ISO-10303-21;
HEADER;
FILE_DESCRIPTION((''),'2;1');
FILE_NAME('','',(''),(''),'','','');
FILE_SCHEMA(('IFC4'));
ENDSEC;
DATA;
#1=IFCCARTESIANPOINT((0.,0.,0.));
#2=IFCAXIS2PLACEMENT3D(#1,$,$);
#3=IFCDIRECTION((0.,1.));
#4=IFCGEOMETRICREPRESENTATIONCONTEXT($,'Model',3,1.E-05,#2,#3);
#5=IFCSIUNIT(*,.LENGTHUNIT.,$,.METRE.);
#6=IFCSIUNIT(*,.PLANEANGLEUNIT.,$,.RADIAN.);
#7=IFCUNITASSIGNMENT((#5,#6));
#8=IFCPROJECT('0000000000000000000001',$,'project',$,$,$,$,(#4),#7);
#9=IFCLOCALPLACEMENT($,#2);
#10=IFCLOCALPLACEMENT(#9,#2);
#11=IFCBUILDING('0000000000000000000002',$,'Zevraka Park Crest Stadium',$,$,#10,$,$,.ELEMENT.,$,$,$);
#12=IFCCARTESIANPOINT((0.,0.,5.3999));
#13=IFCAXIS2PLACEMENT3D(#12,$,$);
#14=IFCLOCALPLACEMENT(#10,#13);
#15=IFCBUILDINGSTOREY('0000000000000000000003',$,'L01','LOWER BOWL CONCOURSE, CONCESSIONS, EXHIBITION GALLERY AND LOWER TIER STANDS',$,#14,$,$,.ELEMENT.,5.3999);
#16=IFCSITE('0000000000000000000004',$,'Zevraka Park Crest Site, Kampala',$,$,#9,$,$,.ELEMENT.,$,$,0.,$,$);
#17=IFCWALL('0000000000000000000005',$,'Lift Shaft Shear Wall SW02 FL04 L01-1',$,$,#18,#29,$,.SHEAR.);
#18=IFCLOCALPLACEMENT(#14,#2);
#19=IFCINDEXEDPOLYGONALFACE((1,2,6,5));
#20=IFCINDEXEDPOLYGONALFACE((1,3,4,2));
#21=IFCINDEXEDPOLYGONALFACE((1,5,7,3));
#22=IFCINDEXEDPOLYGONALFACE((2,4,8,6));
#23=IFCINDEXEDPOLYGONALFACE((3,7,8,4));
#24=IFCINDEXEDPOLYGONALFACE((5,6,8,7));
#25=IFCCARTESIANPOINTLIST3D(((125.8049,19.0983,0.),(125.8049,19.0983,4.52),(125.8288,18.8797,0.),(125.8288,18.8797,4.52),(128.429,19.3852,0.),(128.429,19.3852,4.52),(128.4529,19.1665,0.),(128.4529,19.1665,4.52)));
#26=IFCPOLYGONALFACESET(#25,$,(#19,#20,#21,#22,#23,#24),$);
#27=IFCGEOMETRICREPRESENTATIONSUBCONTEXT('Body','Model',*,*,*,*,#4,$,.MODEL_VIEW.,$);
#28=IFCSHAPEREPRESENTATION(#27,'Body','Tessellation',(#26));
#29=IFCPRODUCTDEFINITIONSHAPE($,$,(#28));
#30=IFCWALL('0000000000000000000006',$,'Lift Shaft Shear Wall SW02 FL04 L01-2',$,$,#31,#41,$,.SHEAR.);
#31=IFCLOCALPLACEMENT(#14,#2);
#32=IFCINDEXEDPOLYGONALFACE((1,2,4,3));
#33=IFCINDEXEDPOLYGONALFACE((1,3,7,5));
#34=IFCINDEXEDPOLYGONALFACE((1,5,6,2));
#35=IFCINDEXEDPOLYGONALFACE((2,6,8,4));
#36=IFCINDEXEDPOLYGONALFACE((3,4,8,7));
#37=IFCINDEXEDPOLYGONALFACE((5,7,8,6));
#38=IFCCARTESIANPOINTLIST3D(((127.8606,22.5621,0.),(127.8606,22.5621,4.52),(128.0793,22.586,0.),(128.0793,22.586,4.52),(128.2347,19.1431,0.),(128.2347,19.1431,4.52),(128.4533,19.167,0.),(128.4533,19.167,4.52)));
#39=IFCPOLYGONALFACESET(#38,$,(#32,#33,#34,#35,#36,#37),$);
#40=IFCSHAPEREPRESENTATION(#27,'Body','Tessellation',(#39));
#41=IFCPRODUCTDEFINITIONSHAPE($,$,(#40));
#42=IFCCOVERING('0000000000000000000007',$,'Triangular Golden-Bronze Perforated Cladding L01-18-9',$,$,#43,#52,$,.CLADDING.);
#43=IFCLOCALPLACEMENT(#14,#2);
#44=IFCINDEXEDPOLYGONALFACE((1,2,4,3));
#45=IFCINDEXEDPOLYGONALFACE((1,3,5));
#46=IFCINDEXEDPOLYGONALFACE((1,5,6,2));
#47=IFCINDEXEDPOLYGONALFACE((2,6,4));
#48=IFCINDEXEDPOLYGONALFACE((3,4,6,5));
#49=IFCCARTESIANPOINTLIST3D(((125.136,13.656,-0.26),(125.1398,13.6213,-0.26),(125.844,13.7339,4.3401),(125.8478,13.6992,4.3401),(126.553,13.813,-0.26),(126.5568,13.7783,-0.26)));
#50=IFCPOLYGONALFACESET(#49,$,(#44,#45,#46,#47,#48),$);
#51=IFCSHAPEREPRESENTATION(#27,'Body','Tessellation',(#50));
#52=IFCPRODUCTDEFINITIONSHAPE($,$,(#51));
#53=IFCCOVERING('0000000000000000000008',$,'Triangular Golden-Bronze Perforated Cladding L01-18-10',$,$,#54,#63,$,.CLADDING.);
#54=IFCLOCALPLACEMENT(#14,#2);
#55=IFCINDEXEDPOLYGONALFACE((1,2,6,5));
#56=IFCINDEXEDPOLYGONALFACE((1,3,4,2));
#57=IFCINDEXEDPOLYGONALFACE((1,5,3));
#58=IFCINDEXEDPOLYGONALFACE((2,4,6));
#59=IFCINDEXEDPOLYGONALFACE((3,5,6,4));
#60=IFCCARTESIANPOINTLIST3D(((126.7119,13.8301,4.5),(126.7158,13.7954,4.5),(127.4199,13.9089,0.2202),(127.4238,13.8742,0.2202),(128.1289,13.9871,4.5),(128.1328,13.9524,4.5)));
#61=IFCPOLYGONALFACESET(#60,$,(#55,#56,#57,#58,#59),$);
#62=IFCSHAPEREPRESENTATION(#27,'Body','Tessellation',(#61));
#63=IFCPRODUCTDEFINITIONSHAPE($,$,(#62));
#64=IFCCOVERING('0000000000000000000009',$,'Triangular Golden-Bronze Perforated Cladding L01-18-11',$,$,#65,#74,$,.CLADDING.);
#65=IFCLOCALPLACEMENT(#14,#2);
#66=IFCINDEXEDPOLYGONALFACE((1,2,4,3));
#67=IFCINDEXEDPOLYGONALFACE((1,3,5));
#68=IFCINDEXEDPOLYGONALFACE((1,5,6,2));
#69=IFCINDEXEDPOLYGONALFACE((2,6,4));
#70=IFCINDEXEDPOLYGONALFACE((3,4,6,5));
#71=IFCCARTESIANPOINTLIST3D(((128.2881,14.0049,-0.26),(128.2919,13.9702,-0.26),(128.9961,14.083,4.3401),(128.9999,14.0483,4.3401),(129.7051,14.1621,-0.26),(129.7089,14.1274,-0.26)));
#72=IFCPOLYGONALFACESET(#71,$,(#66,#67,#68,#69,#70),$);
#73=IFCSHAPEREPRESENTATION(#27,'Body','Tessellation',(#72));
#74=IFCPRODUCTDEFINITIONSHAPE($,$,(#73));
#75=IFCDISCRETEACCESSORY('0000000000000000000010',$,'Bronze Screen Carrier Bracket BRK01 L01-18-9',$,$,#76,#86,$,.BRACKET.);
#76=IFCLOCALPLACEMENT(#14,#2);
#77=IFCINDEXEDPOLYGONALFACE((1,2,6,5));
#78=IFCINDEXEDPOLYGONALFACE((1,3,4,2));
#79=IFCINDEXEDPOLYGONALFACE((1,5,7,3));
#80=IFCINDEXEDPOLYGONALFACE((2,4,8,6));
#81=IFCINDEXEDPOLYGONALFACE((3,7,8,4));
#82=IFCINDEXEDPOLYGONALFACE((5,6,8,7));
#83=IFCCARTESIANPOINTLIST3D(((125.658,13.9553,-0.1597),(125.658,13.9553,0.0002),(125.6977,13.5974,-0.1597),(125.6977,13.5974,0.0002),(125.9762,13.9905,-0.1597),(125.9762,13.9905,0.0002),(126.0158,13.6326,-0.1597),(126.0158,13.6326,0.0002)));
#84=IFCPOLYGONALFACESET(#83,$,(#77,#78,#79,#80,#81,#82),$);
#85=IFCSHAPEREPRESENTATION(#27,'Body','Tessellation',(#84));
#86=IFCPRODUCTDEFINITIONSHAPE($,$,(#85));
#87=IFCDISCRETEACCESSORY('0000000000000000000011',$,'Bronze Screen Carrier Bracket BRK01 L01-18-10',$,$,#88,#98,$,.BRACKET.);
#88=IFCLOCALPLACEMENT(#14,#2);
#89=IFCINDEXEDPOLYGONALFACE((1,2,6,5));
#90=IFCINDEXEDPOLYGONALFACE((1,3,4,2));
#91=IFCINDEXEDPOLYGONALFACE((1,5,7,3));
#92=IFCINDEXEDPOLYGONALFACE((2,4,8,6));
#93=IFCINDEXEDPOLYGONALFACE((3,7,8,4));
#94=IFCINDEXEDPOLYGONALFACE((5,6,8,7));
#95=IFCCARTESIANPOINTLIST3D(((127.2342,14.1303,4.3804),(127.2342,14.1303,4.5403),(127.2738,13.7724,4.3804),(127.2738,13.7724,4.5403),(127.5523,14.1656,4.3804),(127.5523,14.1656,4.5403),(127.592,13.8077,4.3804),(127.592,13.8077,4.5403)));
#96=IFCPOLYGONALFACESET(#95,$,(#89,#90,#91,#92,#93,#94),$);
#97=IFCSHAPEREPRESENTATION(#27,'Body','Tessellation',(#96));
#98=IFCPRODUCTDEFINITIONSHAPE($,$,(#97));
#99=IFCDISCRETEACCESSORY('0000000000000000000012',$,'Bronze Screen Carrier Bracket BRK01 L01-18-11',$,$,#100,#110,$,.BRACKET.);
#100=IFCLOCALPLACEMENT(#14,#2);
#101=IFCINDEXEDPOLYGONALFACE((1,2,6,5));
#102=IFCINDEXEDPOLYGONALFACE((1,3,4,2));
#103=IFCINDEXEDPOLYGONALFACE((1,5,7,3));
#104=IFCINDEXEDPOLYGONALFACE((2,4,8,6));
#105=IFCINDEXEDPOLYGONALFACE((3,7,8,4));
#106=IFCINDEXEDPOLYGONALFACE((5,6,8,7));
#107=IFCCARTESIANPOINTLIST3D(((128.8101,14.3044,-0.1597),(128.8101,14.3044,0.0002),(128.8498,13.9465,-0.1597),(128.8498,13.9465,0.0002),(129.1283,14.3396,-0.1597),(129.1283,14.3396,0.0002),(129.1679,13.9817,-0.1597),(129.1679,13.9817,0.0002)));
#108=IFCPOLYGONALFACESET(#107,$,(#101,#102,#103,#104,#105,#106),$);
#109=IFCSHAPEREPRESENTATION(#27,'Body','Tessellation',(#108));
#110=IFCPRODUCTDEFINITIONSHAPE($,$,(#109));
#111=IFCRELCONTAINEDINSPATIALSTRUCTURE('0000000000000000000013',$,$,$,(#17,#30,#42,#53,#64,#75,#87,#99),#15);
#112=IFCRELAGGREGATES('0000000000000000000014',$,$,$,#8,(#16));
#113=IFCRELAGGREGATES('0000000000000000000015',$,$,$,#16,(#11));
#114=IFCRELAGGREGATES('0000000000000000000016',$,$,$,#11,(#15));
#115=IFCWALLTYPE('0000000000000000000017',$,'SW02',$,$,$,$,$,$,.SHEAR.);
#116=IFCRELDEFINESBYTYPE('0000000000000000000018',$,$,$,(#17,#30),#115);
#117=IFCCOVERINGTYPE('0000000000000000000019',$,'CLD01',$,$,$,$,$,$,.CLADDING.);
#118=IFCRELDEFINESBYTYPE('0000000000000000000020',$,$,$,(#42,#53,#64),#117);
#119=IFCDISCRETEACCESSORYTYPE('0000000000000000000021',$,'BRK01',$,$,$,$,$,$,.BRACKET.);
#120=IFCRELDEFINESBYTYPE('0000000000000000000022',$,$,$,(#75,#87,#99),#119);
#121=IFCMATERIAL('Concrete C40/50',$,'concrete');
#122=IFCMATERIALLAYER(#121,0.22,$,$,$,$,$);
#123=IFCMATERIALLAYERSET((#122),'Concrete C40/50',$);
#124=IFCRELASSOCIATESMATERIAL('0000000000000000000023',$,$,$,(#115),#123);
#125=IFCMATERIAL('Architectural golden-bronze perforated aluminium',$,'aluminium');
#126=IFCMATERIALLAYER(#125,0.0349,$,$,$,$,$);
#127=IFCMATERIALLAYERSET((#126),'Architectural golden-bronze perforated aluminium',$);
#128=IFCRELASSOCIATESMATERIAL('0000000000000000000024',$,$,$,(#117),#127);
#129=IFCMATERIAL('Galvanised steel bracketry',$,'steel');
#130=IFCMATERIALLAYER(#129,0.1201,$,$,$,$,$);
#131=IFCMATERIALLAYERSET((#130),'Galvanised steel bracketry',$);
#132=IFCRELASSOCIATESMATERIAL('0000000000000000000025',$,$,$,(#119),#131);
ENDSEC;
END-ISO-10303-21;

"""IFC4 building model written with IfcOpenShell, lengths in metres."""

from ifc_helpers import new_model, si_unit, direction, frame, frame_2d, origin, origin_2d, place, context, subcontext, project, spatial, polyline, rectangle, outline, extrude, material, layer, layer_set, type_object, element, save


model = new_model("IFC4")

# Units and contexts
model_context = context("Model", 3, precision=1e-05, world=origin(), true_north=direction((0.0, 1.0)))
body_context = subcontext(model_context, "Body", "Model", "MODEL_VIEW")
ifc_project = project(units=[si_unit("LENGTHUNIT", "METRE"), si_unit("PLANEANGLEUNIT", "RADIAN")], contexts=[model_context])

# Site, building, storey
site_placement = place(None, origin())
site = spatial("IfcSite", under=ifc_project, at=site_placement, Name="Zevraka Park Crest Site, Kampala", CompositionType="ELEMENT", RefElevation=0.0)
building_placement = place(site_placement, origin())
building = spatial("IfcBuilding", under=site, at=building_placement, Name="Zevraka Park Crest Stadium", CompositionType="ELEMENT")
storey_placement = place(building_placement, frame((0.0, 0.0, 5.3999)))
storey = spatial("IfcBuildingStorey", under=building, at=storey_placement, Name="L01", Description="LOWER BOWL CONCOURSE, CONCESSIONS, EXHIBITION GALLERY AND LOWER TIER STANDS", CompositionType="ELEMENT", Elevation=5.3999)

# Walls
ifc_material_1 = material(Name="Concrete C40/50", Category="concrete")
ifc_layer_1 = layer(ifc_material_1, 0.22)
ifc_layer_set_1 = layer_set([ifc_layer_1], Name="Concrete C40/50")
wall_type = type_object("IfcWallType", Name="SW02", PredefinedType="SHEAR", material=ifc_layer_set_1)
wall_1_placement = place(storey_placement, frame((125.8169, 18.989, 0.0), z_axis=(0.0, 0.0, 1.0), x_axis=(0.994077, 0.108675, 0.0)))
element("IfcWall", 1, at=wall_1_placement, inside=storey, type_object=wall_type, Name="Lift Shaft Shear Wall SW02 FL04 L01-1", PredefinedType="SHEAR", context=body_context, shape_type="SweptSolid", body=[
    extrude(rectangle(XDim=2.6396, YDim=0.22, at=frame_2d((1.3198, 0.0))), origin(), (0.0, 0.0, 1.0), 4.52),
])
wall_2_placement = place(storey_placement, frame((128.344, 19.155, 0.0), z_axis=(0.0, 0.0, 1.0), x_axis=(-0.108749, 0.994069, 0.0)))
element("IfcWall", 2, at=wall_2_placement, inside=storey, type_object=wall_type, Name="Lift Shaft Shear Wall SW02 FL04 L01-2", PredefinedType="SHEAR", context=body_context, shape_type="SweptSolid", body=[
    extrude(rectangle(XDim=3.4395, YDim=0.22, at=frame_2d((1.7197, 0.0))), origin(), (0.0, 0.0, 1.0), 4.52),
])

# Coverings
ifc_material_2 = material(Name="Architectural golden-bronze perforated aluminium", Category="aluminium")
ifc_layer_2 = layer(ifc_material_2, 0.0349)
ifc_layer_set_2 = layer_set([ifc_layer_2], Name="Architectural golden-bronze perforated aluminium")
covering_type = type_object("IfcCoveringType", Name="CLD01", PredefinedType="CLADDING", material=ifc_layer_set_2)
covering_1_placement = place(storey_placement, frame((125.136, 13.656, -0.26), z_axis=(-0.110112, 0.993919, 0.00012), x_axis=(0.993919, 0.110112, 0.0)))
element("IfcCovering", 3, at=covering_1_placement, inside=storey, type_object=covering_type, Name="Triangular Golden-Bronze Perforated Cladding L01-18-9", PredefinedType="CLADDING", context=body_context, shape_type="SweptSolid", body=[
    extrude(outline(polyline([(0.0, 0.0), (1.4257, 0.0), (0.7123, -4.6001), (0.0, 0.0)])), origin(), (0.0, 0.0, -1.0), 0.0349),
])
covering_2_placement = place(storey_placement, frame((128.1289, 13.9871, 4.5), z_axis=(-0.110112, 0.993919, 0.000098), x_axis=(-0.993919, -0.110112, 0.0)))
element("IfcCovering", 4, at=covering_2_placement, inside=storey, type_object=covering_type, Name="Triangular Golden-Bronze Perforated Cladding L01-18-10", PredefinedType="CLADDING", context=body_context, shape_type="SweptSolid", body=[
    extrude(outline(polyline([(0.0, 0.0), (1.4257, 0.0), (0.7133, -4.2798), (0.0, 0.0)])), origin(), (0.0, 0.0, -1.0), 0.0349),
])
covering_3_placement = place(storey_placement, frame((128.2881, 14.0049, -0.26), z_axis=(-0.110281, 0.9939, 0.000094), x_axis=(0.9939, 0.110281, 0.0)))
element("IfcCovering", 5, at=covering_3_placement, inside=storey, type_object=covering_type, Name="Triangular Golden-Bronze Perforated Cladding L01-18-11", PredefinedType="CLADDING", context=body_context, shape_type="SweptSolid", body=[
    extrude(outline(polyline([(0.0, 0.0), (1.4257, 0.0), (0.7123, -4.6001), (0.0, 0.0)])), origin(), (0.0, 0.0, -1.0), 0.0349),
])

# Discrete accessories
ifc_material_3 = material(Name="Galvanised steel bracketry", Category="steel")
ifc_layer_3 = layer(ifc_material_3, 0.1201)
ifc_layer_set_3 = layer_set([ifc_layer_3], Name="Galvanised steel bracketry")
discrete_accessory_type = type_object("IfcDiscreteAccessoryType", Name="BRK01", PredefinedType="BRACKET", material=ifc_layer_set_3)
for number, where, z_axis, x_axis, name in (
    (6, (125.8369, 13.7939, -0.1597), (0.0, 0.0, 1.0), (0.993923, 0.110081, 0.0), "Bronze Screen Carrier Bracket BRK01 L01-18-9"),
    (7, (127.4131, 13.969, 4.3804), (0.0, 0.0, 1.0), (0.993923, 0.110081, 0.0), "Bronze Screen Carrier Bracket BRK01 L01-18-10"),
    (8, (128.989, 14.1431, -0.1597), (0.0, 0.0, 1.0), (0.993923, 0.110081, 0.0), "Bronze Screen Carrier Bracket BRK01 L01-18-11"),
):
    element("IfcDiscreteAccessory", number, at=place(storey_placement, frame(where, z_axis=z_axis, x_axis=x_axis)), inside=storey, type_object=discrete_accessory_type, Name=name, PredefinedType="BRACKET", context=body_context, shape_type="SweptSolid", body=[
        extrude(rectangle(XDim=0.3201, YDim=0.3601, at=origin_2d()), origin(), (0.0, 0.0, 1.0), 0.1599),
    ])

save(model, "model.ifc")
